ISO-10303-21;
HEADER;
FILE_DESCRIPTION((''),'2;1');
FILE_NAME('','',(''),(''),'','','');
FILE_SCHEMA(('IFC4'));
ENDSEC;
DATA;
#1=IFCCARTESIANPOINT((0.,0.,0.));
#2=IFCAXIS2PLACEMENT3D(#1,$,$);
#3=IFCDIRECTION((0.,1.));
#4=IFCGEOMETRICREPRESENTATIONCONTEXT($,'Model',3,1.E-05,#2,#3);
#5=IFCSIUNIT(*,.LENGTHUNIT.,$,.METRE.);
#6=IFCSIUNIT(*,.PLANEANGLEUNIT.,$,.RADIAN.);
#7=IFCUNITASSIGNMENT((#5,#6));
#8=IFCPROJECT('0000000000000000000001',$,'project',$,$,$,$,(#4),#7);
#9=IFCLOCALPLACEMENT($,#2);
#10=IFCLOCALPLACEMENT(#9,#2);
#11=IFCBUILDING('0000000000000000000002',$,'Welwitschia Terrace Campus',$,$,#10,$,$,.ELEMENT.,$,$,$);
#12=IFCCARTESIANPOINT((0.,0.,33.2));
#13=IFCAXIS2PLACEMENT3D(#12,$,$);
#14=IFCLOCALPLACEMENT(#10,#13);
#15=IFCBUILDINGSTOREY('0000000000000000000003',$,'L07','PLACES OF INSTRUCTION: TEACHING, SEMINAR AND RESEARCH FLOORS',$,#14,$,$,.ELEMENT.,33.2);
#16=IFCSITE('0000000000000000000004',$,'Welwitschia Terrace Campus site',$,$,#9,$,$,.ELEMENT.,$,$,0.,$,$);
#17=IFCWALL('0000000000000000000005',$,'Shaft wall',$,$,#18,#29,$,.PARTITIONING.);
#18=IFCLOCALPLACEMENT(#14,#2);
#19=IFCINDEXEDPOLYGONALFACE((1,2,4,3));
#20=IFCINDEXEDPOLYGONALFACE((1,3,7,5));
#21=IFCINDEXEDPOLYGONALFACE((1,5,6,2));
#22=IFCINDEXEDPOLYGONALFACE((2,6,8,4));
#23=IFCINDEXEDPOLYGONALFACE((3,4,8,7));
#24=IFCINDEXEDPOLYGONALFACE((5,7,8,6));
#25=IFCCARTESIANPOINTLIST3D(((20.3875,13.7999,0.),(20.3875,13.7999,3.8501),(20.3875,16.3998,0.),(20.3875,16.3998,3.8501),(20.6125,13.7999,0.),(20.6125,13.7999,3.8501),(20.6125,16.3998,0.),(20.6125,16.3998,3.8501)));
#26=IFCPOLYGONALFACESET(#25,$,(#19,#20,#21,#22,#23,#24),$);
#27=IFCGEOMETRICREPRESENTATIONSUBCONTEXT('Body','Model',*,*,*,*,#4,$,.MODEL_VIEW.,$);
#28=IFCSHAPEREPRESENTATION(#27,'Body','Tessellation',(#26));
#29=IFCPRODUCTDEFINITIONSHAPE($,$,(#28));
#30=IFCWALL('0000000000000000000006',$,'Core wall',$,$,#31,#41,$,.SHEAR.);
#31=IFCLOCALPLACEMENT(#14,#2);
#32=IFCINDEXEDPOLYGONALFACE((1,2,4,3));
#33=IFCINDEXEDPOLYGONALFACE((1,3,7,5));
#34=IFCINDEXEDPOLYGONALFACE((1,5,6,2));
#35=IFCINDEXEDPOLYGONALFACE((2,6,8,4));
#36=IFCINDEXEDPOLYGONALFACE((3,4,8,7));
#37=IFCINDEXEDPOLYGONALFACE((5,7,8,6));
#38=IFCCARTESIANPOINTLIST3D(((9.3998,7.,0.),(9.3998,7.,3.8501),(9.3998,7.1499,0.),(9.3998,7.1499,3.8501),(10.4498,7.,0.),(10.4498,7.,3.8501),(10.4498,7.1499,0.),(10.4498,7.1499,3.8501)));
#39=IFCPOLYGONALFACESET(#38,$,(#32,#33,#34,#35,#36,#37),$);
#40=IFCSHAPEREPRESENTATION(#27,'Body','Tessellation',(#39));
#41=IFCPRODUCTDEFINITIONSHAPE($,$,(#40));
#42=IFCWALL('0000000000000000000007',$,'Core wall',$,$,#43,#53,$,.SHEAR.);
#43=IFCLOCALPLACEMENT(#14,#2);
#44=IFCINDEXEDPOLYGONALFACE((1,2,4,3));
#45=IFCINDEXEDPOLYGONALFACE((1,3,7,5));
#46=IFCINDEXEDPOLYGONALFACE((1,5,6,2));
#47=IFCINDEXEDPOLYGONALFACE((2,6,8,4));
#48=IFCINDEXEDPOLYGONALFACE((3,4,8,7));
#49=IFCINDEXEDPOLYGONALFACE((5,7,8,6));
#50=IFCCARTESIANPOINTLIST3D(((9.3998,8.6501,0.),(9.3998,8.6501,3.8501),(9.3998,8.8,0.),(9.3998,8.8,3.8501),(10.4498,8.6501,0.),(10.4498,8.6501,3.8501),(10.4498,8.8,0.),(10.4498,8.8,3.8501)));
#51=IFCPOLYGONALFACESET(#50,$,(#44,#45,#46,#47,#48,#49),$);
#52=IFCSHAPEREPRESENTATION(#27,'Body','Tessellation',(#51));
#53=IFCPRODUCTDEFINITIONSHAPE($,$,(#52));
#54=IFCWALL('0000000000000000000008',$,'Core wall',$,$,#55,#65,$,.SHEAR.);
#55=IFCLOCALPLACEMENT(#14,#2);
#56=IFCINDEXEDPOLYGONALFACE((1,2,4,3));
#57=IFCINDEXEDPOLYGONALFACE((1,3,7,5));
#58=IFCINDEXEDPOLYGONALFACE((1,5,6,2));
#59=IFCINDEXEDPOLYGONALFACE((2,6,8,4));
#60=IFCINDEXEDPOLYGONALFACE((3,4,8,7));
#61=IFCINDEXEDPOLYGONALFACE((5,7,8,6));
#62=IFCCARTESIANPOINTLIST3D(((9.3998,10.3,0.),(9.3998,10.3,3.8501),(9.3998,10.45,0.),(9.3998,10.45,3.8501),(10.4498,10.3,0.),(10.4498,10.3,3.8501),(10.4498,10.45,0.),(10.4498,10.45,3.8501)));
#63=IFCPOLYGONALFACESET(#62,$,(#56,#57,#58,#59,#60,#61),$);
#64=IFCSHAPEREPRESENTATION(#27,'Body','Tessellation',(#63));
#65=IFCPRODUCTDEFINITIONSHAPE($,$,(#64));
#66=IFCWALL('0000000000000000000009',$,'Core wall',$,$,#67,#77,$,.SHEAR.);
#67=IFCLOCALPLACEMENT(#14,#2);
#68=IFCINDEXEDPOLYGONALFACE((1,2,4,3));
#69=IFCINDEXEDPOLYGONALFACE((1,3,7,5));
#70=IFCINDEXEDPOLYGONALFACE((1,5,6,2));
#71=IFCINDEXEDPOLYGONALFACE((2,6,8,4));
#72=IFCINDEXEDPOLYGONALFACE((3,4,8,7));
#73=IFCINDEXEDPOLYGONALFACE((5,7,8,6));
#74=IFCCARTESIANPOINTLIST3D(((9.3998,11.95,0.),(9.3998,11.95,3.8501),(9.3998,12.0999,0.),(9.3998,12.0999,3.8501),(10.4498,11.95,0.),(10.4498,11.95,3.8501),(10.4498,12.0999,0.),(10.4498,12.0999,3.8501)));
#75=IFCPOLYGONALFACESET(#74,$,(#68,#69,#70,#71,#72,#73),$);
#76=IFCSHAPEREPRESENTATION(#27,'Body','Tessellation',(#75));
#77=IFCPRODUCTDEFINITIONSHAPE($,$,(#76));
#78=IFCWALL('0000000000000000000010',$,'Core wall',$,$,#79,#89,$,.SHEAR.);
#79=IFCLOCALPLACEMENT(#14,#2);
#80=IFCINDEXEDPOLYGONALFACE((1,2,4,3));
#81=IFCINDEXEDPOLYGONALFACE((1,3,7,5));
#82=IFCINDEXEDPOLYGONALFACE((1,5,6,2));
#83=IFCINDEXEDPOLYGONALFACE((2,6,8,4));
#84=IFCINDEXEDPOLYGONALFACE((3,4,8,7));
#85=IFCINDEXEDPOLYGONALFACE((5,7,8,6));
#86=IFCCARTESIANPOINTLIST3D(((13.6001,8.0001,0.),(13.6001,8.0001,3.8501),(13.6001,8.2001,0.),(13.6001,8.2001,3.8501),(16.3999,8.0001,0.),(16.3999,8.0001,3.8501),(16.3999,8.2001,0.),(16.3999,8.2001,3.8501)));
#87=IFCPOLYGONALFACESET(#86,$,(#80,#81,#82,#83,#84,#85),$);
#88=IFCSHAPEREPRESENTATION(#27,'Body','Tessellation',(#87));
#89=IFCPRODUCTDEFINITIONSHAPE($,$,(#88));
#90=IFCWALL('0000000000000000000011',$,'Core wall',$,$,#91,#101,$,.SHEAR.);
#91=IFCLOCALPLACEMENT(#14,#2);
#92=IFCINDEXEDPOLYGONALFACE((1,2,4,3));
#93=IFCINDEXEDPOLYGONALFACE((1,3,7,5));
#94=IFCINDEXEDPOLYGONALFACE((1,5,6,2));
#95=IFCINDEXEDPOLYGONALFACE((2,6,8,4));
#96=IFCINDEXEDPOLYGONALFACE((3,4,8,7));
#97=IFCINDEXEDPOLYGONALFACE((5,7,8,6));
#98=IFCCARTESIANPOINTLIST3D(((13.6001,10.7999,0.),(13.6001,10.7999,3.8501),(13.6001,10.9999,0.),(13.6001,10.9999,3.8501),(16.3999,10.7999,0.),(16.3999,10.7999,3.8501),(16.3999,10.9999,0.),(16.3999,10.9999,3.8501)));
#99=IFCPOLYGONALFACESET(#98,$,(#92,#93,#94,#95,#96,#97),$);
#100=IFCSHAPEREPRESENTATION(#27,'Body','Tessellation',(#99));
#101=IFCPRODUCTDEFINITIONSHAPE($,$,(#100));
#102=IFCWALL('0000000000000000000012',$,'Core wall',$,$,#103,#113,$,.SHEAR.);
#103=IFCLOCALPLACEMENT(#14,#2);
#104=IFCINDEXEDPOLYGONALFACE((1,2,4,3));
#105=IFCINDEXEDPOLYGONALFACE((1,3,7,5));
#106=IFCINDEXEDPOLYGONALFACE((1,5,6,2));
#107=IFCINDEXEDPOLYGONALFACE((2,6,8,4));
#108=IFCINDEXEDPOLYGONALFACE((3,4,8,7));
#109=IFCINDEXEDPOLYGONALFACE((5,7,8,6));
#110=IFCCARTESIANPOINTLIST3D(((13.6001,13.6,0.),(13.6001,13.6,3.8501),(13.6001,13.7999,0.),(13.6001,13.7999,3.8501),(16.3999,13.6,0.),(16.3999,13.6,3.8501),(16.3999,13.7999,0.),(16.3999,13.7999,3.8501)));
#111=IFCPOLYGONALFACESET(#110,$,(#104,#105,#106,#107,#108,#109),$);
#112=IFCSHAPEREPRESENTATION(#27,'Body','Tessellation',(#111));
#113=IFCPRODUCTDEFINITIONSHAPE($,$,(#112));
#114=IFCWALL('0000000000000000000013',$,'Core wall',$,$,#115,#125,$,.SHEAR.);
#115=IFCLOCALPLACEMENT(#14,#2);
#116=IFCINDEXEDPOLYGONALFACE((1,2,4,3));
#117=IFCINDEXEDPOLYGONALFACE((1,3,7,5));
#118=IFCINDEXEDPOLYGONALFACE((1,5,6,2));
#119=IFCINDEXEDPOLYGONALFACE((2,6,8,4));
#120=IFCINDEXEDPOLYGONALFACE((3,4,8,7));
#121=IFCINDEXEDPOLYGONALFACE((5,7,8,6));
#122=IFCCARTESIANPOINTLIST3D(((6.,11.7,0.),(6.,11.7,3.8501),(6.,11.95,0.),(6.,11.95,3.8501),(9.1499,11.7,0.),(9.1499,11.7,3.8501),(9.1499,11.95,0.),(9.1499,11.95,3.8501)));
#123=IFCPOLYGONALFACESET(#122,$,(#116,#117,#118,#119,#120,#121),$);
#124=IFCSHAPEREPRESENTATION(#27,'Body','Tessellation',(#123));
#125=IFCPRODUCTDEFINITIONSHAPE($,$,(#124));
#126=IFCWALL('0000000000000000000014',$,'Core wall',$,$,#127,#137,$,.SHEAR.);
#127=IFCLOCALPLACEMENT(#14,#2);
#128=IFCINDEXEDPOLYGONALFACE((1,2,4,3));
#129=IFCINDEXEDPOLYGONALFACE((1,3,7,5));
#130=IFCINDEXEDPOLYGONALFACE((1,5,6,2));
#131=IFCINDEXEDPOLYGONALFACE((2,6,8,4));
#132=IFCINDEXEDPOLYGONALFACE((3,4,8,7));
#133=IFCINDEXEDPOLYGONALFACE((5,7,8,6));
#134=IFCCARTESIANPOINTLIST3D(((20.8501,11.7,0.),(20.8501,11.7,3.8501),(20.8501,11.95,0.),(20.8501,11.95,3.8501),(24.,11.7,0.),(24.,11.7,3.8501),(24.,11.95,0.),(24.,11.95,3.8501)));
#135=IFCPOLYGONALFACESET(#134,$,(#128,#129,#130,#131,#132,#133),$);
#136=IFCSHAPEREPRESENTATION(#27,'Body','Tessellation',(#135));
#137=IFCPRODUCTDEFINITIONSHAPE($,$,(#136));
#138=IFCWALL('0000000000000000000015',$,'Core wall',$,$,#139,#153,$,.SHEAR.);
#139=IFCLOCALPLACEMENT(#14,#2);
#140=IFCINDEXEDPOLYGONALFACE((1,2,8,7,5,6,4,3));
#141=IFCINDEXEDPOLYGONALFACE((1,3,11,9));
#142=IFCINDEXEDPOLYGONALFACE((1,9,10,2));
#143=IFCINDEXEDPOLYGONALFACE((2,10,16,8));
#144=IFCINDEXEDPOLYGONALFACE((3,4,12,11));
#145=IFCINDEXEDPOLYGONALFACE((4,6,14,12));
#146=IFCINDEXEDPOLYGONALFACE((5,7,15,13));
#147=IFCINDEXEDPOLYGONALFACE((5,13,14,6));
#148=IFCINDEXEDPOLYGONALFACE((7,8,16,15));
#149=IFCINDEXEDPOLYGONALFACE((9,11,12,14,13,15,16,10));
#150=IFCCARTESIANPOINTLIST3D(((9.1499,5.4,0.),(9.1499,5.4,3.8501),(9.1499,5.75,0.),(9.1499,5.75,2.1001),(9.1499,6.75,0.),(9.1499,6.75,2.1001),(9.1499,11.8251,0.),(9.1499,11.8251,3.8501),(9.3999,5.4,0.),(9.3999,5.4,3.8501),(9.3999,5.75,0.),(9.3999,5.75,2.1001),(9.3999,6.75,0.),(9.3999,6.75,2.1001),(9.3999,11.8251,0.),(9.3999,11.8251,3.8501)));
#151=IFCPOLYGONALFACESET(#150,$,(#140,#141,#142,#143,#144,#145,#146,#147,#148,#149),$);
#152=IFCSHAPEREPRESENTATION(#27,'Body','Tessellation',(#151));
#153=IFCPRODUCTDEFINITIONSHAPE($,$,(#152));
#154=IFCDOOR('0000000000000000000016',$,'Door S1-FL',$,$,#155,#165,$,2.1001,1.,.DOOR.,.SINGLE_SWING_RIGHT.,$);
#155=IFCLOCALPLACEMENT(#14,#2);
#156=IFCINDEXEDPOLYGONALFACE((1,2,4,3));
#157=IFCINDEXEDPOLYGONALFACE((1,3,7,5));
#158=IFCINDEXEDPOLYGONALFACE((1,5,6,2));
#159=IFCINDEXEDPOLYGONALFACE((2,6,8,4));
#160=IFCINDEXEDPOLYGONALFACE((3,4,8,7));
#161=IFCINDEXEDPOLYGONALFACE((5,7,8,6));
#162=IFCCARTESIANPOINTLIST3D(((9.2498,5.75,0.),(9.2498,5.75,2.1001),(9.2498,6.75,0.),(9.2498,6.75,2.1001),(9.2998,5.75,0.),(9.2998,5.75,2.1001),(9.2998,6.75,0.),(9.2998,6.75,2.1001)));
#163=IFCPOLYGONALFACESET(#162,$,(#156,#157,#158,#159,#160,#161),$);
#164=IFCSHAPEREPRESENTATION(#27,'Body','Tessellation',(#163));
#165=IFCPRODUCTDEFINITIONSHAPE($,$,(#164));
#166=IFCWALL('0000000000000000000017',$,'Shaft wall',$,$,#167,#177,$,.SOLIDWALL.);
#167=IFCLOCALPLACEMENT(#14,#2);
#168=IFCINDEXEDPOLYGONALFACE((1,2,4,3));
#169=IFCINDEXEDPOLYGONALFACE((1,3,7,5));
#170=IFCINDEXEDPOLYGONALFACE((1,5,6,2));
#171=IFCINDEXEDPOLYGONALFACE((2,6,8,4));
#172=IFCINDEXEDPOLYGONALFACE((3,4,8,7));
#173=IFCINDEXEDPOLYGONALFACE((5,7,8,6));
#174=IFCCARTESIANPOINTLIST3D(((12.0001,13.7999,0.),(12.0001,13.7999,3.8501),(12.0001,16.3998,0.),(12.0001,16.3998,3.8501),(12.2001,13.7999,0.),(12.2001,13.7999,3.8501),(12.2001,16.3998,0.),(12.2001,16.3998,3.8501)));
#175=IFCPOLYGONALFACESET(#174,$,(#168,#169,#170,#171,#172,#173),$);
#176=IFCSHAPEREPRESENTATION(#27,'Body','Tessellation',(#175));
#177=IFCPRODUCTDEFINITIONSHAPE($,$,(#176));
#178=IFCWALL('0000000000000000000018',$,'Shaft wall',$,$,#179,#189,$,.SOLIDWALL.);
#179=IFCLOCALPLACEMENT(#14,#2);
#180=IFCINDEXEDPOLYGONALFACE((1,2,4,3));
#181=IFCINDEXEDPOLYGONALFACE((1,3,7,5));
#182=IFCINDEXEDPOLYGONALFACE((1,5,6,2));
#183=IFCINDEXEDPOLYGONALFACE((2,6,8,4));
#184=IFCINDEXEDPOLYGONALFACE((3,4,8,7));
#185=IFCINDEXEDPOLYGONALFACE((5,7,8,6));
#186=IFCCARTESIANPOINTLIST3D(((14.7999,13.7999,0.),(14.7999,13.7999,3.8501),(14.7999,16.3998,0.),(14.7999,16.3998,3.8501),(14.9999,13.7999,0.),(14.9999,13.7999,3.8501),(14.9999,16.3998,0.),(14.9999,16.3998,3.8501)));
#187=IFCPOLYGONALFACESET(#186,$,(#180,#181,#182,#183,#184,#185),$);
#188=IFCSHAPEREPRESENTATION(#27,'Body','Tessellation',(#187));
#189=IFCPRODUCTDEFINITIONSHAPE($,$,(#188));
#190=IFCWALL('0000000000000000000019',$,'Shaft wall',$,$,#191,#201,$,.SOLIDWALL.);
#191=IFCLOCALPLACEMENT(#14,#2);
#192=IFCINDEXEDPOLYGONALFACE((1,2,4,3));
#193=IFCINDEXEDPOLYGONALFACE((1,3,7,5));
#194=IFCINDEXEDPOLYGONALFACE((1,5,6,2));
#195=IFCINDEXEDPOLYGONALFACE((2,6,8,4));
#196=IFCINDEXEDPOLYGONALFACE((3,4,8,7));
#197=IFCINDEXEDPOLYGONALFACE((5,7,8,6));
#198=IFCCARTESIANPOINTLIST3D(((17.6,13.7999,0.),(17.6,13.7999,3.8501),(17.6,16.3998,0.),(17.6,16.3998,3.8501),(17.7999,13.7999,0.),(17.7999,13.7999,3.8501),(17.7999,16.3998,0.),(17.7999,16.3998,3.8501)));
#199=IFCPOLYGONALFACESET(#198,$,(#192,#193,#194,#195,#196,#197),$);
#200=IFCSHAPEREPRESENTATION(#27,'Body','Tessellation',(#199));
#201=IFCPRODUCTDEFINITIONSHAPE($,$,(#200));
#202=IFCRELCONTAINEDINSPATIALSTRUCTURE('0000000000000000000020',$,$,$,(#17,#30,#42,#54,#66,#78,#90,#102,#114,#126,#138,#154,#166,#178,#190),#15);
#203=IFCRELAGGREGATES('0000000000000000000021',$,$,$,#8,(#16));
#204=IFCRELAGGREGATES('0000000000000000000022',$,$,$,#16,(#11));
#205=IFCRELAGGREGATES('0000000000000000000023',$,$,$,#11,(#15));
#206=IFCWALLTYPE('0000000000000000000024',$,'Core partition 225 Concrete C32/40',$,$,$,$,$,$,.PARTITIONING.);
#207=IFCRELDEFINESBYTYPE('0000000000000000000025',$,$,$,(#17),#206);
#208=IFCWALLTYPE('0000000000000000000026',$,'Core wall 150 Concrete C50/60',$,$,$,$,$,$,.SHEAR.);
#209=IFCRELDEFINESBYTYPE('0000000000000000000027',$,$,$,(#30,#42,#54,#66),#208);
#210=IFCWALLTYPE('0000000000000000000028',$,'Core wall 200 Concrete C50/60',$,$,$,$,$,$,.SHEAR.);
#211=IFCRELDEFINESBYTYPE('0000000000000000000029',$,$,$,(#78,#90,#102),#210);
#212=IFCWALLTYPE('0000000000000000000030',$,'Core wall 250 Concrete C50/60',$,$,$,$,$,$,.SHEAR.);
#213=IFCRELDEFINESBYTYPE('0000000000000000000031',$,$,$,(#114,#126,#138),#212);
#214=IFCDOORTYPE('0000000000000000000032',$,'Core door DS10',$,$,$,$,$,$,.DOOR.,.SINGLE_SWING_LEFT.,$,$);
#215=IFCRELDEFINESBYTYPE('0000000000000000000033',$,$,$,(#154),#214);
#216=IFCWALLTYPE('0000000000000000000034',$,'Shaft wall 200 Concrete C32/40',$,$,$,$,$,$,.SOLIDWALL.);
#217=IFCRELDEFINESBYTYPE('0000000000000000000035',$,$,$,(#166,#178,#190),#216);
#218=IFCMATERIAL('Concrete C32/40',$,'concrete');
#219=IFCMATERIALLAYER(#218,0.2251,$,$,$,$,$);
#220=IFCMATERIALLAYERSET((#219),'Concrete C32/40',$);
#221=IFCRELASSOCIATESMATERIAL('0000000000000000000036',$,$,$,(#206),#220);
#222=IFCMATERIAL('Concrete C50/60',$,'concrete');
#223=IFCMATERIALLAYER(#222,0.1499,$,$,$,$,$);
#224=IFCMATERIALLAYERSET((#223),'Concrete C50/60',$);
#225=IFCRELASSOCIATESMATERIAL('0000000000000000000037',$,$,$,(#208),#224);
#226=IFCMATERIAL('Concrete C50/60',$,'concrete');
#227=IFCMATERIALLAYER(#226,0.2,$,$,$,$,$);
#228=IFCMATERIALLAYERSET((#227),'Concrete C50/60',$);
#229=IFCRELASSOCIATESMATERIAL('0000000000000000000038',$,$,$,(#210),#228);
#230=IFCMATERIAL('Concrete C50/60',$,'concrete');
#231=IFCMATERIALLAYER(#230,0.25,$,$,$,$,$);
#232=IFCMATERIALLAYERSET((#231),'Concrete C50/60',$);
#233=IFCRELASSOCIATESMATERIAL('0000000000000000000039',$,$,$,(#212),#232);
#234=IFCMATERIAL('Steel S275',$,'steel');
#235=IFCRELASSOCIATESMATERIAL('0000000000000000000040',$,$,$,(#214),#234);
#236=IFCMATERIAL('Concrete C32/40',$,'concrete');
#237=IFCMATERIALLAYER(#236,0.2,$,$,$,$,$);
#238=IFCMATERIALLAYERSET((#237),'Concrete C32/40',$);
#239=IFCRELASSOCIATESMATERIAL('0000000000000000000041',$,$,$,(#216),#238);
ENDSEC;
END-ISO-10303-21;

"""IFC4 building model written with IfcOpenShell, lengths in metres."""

from ifc_helpers import new_model, si_unit, direction, frame, frame_2d, origin, place, context, subcontext, project, spatial, rectangle, extrude, material, layer, layer_set, type_object, element, fill, save


model = new_model("IFC4")

# Units and contexts
model_context = context("Model", 3, precision=1e-05, world=origin(), true_north=direction((0.0, 1.0)))
body_context = subcontext(model_context, "Body", "Model", "MODEL_VIEW")
ifc_project = project(units=[si_unit("LENGTHUNIT", "METRE"), si_unit("PLANEANGLEUNIT", "RADIAN")], contexts=[model_context])

# Site, building, storey
site_placement = place(None, origin())
site = spatial("IfcSite", under=ifc_project, at=site_placement, Name="Welwitschia Terrace Campus site", CompositionType="ELEMENT", RefElevation=0.0)
building_placement = place(site_placement, origin())
building = spatial("IfcBuilding", under=site, at=building_placement, Name="Welwitschia Terrace Campus", CompositionType="ELEMENT")
storey_placement = place(building_placement, frame((0.0, 0.0, 33.2)))
storey = spatial("IfcBuildingStorey", under=building, at=storey_placement, Name="L07", Description="PLACES OF INSTRUCTION: TEACHING, SEMINAR AND RESEARCH FLOORS", CompositionType="ELEMENT", Elevation=33.2)

# Shared definitions
ifc_material_1 = material(Name="Concrete C32/40", Category="concrete")
ifc_layer_1 = layer(ifc_material_1, 0.2251)
ifc_layer_set_1 = layer_set([ifc_layer_1], Name="Concrete C32/40")
wall_type_1 = type_object("IfcWallType", Name="Core partition 225 Concrete C32/40", PredefinedType="PARTITIONING", material=ifc_layer_set_1)

# Walls
wall_1_placement = place(storey_placement, frame((20.5, 13.8, 0.0), z_axis=(0.0, 0.0, 1.0), x_axis=(0.0, 1.0, 0.0)))
element("IfcWall", 1, at=wall_1_placement, inside=storey, type_object=wall_type_1, Name="Shaft wall", PredefinedType="PARTITIONING", context=body_context, shape_type="SweptSolid", body=[
    extrude(rectangle(XDim=2.5999, YDim=0.2251, at=frame_2d((1.2998, 0.0))), origin(), (0.0, 0.0, 1.0), 3.8501),
])
ifc_material_2 = material(Name="Concrete C50/60", Category="concrete")
ifc_layer_2 = layer(ifc_material_2, 0.1499)
ifc_layer_set_2 = layer_set([ifc_layer_2], Name="Concrete C50/60")
wall_type_2 = type_object("IfcWallType", Name="Core wall 150 Concrete C50/60", PredefinedType="SHEAR", material=ifc_layer_set_2)
for number, where, z_axis, x_axis, name in (
    (2, (9.3999, 7.075, 0.0), (0.0, 0.0, 1.0), (1.0, 0.0, 0.0), "Core wall"),
    (3, (9.3999, 8.7251, 0.0), (0.0, 0.0, 1.0), (1.0, 0.0, 0.0), "Core wall"),
    (4, (9.3999, 10.375, 0.0), (0.0, 0.0, 1.0), (1.0, 0.0, 0.0), "Core wall"),
    (5, (9.3999, 12.0249, 0.0), (0.0, 0.0, 1.0), (1.0, 0.0, 0.0), "Core wall"),
):
    element("IfcWall", number, at=place(storey_placement, frame(where, z_axis=z_axis, x_axis=x_axis)), inside=storey, type_object=wall_type_2, Name=name, PredefinedType="SHEAR", context=body_context, shape_type="SweptSolid", body=[
        extrude(rectangle(XDim=1.05, YDim=0.1499, at=frame_2d((0.5249, 0.0))), origin(), (0.0, 0.0, 1.0), 3.8501),
    ])
ifc_material_3 = material(Name="Concrete C50/60", Category="concrete")
ifc_layer_3 = layer(ifc_material_3, 0.2)
ifc_layer_set_3 = layer_set([ifc_layer_3], Name="Concrete C50/60")
wall_type_3 = type_object("IfcWallType", Name="Core wall 200 Concrete C50/60", PredefinedType="SHEAR", material=ifc_layer_set_3)
for number, where, z_axis, x_axis, name in (
    (6, (13.6001, 8.1001, 0.0), (0.0, 0.0, 1.0), (1.0, 0.0, 0.0), "Core wall"),
    (7, (13.6001, 10.8999, 0.0), (0.0, 0.0, 1.0), (1.0, 0.0, 0.0), "Core wall"),
    (8, (13.6001, 13.7, 0.0), (0.0, 0.0, 1.0), (1.0, 0.0, 0.0), "Core wall"),
):
    element("IfcWall", number, at=place(storey_placement, frame(where, z_axis=z_axis, x_axis=x_axis)), inside=storey, type_object=wall_type_3, Name=name, PredefinedType="SHEAR", context=body_context, shape_type="SweptSolid", body=[
        extrude(rectangle(XDim=2.7998, YDim=0.2, at=frame_2d((1.3999, 0.0))), origin(), (0.0, 0.0, 1.0), 3.8501),
    ])
ifc_material_4 = material(Name="Concrete C50/60", Category="concrete")
ifc_layer_4 = layer(ifc_material_4, 0.25)
ifc_layer_set_4 = layer_set([ifc_layer_4], Name="Concrete C50/60")
wall_type_4 = type_object("IfcWallType", Name="Core wall 250 Concrete C50/60", PredefinedType="SHEAR", material=ifc_layer_set_4)
for number, where, z_axis, x_axis, name in (
    (9, (6.0, 11.825, 0.0), (0.0, 0.0, 1.0), (1.0, 0.0, 0.0), "Core wall"),
    (10, (20.8501, 11.825, 0.0), (0.0, 0.0, 1.0), (1.0, 0.0, 0.0), "Core wall"),
):
    element("IfcWall", number, at=place(storey_placement, frame(where, z_axis=z_axis, x_axis=x_axis)), inside=storey, type_object=wall_type_4, Name=name, PredefinedType="SHEAR", context=body_context, shape_type="SweptSolid", body=[
        extrude(rectangle(XDim=3.1499, YDim=0.25, at=frame_2d((1.575, 0.0))), origin(), (0.0, 0.0, 1.0), 3.8501),
    ])

# Wall, opening, door
wall_2_placement = place(storey_placement, frame((9.2749, 11.825, 0.0), z_axis=(0.0, 0.0, 1.0), x_axis=(0.0, -1.0, 0.0)))
wall_2 = element("IfcWall", 11, at=wall_2_placement, inside=storey, type_object=wall_type_4, Name="Core wall", PredefinedType="SHEAR", context=body_context, shape_type="SweptSolid", body=[
    extrude(rectangle(XDim=6.425, YDim=0.25, at=frame_2d((3.2124, 0.0))), origin(), (0.0, 0.0, 1.0), 3.8501),
])
opening_1_placement = place(wall_2_placement, frame((5.075, 0.0, 0.0)))
opening_1 = element("IfcOpeningElement", 12, at=opening_1_placement, cuts=wall_2, PredefinedType="OPENING", context=body_context, shape_type="SweptSolid", body=[
    extrude(rectangle(XDim=1.0, YDim=2.1001, at=frame_2d((0.5, 1.05))), frame((0.0, 0.135, 0.0), z_axis=(0.0, -1.0, 0.0), x_axis=(1.0, 0.0, 0.0)), (0.0, 0.0, 1.0), 0.27),
])
ifc_material_5 = material(Name="Steel S275", Category="steel")
door_type_1 = type_object("IfcDoorType", Name="Core door DS10", OperationType="SINGLE_SWING_LEFT", PredefinedType="DOOR", material=ifc_material_5)
door_1_placement = place(opening_1_placement, origin())
door_1 = element("IfcDoor", 13, at=door_1_placement, inside=storey, type_object=door_type_1, Name="Door S1-FL", OperationType="SINGLE_SWING_RIGHT", OverallHeight=2.1001, OverallWidth=1.0, PredefinedType="DOOR", context=body_context, shape_type="SweptSolid", body=[
    extrude(rectangle(XDim=1.0, YDim=2.1001, at=frame_2d((0.5, 1.05))), frame((0.0, 0.0249, 0.0), z_axis=(0.0, -1.0, 0.0), x_axis=(1.0, 0.0, 0.0)), (0.0, 0.0, 1.0), 0.05),
])
fill(opening_1, door_1)

# Walls
ifc_material_6 = material(Name="Concrete C32/40", Category="concrete")
ifc_layer_5 = layer(ifc_material_6, 0.2)
ifc_layer_set_5 = layer_set([ifc_layer_5], Name="Concrete C32/40")
wall_type_5 = type_object("IfcWallType", Name="Shaft wall 200 Concrete C32/40", PredefinedType="SOLIDWALL", material=ifc_layer_set_5)
for number, where, z_axis, x_axis, name in (
    (14, (12.1001, 13.8, 0.0), (0.0, 0.0, 1.0), (0.0, 1.0, 0.0), "Shaft wall"),
    (15, (14.8999, 13.8, 0.0), (0.0, 0.0, 1.0), (0.0, 1.0, 0.0), "Shaft wall"),
    (16, (17.7, 13.8, 0.0), (0.0, 0.0, 1.0), (0.0, 1.0, 0.0), "Shaft wall"),
):
    element("IfcWall", number, at=place(storey_placement, frame(where, z_axis=z_axis, x_axis=x_axis)), inside=storey, type_object=wall_type_5, Name=name, PredefinedType="SOLIDWALL", context=body_context, shape_type="SweptSolid", body=[
        extrude(rectangle(XDim=2.5999, YDim=0.2, at=frame_2d((1.2998, 0.0))), origin(), (0.0, 0.0, 1.0), 3.8501),
    ])

save(model, "model.ifc")
